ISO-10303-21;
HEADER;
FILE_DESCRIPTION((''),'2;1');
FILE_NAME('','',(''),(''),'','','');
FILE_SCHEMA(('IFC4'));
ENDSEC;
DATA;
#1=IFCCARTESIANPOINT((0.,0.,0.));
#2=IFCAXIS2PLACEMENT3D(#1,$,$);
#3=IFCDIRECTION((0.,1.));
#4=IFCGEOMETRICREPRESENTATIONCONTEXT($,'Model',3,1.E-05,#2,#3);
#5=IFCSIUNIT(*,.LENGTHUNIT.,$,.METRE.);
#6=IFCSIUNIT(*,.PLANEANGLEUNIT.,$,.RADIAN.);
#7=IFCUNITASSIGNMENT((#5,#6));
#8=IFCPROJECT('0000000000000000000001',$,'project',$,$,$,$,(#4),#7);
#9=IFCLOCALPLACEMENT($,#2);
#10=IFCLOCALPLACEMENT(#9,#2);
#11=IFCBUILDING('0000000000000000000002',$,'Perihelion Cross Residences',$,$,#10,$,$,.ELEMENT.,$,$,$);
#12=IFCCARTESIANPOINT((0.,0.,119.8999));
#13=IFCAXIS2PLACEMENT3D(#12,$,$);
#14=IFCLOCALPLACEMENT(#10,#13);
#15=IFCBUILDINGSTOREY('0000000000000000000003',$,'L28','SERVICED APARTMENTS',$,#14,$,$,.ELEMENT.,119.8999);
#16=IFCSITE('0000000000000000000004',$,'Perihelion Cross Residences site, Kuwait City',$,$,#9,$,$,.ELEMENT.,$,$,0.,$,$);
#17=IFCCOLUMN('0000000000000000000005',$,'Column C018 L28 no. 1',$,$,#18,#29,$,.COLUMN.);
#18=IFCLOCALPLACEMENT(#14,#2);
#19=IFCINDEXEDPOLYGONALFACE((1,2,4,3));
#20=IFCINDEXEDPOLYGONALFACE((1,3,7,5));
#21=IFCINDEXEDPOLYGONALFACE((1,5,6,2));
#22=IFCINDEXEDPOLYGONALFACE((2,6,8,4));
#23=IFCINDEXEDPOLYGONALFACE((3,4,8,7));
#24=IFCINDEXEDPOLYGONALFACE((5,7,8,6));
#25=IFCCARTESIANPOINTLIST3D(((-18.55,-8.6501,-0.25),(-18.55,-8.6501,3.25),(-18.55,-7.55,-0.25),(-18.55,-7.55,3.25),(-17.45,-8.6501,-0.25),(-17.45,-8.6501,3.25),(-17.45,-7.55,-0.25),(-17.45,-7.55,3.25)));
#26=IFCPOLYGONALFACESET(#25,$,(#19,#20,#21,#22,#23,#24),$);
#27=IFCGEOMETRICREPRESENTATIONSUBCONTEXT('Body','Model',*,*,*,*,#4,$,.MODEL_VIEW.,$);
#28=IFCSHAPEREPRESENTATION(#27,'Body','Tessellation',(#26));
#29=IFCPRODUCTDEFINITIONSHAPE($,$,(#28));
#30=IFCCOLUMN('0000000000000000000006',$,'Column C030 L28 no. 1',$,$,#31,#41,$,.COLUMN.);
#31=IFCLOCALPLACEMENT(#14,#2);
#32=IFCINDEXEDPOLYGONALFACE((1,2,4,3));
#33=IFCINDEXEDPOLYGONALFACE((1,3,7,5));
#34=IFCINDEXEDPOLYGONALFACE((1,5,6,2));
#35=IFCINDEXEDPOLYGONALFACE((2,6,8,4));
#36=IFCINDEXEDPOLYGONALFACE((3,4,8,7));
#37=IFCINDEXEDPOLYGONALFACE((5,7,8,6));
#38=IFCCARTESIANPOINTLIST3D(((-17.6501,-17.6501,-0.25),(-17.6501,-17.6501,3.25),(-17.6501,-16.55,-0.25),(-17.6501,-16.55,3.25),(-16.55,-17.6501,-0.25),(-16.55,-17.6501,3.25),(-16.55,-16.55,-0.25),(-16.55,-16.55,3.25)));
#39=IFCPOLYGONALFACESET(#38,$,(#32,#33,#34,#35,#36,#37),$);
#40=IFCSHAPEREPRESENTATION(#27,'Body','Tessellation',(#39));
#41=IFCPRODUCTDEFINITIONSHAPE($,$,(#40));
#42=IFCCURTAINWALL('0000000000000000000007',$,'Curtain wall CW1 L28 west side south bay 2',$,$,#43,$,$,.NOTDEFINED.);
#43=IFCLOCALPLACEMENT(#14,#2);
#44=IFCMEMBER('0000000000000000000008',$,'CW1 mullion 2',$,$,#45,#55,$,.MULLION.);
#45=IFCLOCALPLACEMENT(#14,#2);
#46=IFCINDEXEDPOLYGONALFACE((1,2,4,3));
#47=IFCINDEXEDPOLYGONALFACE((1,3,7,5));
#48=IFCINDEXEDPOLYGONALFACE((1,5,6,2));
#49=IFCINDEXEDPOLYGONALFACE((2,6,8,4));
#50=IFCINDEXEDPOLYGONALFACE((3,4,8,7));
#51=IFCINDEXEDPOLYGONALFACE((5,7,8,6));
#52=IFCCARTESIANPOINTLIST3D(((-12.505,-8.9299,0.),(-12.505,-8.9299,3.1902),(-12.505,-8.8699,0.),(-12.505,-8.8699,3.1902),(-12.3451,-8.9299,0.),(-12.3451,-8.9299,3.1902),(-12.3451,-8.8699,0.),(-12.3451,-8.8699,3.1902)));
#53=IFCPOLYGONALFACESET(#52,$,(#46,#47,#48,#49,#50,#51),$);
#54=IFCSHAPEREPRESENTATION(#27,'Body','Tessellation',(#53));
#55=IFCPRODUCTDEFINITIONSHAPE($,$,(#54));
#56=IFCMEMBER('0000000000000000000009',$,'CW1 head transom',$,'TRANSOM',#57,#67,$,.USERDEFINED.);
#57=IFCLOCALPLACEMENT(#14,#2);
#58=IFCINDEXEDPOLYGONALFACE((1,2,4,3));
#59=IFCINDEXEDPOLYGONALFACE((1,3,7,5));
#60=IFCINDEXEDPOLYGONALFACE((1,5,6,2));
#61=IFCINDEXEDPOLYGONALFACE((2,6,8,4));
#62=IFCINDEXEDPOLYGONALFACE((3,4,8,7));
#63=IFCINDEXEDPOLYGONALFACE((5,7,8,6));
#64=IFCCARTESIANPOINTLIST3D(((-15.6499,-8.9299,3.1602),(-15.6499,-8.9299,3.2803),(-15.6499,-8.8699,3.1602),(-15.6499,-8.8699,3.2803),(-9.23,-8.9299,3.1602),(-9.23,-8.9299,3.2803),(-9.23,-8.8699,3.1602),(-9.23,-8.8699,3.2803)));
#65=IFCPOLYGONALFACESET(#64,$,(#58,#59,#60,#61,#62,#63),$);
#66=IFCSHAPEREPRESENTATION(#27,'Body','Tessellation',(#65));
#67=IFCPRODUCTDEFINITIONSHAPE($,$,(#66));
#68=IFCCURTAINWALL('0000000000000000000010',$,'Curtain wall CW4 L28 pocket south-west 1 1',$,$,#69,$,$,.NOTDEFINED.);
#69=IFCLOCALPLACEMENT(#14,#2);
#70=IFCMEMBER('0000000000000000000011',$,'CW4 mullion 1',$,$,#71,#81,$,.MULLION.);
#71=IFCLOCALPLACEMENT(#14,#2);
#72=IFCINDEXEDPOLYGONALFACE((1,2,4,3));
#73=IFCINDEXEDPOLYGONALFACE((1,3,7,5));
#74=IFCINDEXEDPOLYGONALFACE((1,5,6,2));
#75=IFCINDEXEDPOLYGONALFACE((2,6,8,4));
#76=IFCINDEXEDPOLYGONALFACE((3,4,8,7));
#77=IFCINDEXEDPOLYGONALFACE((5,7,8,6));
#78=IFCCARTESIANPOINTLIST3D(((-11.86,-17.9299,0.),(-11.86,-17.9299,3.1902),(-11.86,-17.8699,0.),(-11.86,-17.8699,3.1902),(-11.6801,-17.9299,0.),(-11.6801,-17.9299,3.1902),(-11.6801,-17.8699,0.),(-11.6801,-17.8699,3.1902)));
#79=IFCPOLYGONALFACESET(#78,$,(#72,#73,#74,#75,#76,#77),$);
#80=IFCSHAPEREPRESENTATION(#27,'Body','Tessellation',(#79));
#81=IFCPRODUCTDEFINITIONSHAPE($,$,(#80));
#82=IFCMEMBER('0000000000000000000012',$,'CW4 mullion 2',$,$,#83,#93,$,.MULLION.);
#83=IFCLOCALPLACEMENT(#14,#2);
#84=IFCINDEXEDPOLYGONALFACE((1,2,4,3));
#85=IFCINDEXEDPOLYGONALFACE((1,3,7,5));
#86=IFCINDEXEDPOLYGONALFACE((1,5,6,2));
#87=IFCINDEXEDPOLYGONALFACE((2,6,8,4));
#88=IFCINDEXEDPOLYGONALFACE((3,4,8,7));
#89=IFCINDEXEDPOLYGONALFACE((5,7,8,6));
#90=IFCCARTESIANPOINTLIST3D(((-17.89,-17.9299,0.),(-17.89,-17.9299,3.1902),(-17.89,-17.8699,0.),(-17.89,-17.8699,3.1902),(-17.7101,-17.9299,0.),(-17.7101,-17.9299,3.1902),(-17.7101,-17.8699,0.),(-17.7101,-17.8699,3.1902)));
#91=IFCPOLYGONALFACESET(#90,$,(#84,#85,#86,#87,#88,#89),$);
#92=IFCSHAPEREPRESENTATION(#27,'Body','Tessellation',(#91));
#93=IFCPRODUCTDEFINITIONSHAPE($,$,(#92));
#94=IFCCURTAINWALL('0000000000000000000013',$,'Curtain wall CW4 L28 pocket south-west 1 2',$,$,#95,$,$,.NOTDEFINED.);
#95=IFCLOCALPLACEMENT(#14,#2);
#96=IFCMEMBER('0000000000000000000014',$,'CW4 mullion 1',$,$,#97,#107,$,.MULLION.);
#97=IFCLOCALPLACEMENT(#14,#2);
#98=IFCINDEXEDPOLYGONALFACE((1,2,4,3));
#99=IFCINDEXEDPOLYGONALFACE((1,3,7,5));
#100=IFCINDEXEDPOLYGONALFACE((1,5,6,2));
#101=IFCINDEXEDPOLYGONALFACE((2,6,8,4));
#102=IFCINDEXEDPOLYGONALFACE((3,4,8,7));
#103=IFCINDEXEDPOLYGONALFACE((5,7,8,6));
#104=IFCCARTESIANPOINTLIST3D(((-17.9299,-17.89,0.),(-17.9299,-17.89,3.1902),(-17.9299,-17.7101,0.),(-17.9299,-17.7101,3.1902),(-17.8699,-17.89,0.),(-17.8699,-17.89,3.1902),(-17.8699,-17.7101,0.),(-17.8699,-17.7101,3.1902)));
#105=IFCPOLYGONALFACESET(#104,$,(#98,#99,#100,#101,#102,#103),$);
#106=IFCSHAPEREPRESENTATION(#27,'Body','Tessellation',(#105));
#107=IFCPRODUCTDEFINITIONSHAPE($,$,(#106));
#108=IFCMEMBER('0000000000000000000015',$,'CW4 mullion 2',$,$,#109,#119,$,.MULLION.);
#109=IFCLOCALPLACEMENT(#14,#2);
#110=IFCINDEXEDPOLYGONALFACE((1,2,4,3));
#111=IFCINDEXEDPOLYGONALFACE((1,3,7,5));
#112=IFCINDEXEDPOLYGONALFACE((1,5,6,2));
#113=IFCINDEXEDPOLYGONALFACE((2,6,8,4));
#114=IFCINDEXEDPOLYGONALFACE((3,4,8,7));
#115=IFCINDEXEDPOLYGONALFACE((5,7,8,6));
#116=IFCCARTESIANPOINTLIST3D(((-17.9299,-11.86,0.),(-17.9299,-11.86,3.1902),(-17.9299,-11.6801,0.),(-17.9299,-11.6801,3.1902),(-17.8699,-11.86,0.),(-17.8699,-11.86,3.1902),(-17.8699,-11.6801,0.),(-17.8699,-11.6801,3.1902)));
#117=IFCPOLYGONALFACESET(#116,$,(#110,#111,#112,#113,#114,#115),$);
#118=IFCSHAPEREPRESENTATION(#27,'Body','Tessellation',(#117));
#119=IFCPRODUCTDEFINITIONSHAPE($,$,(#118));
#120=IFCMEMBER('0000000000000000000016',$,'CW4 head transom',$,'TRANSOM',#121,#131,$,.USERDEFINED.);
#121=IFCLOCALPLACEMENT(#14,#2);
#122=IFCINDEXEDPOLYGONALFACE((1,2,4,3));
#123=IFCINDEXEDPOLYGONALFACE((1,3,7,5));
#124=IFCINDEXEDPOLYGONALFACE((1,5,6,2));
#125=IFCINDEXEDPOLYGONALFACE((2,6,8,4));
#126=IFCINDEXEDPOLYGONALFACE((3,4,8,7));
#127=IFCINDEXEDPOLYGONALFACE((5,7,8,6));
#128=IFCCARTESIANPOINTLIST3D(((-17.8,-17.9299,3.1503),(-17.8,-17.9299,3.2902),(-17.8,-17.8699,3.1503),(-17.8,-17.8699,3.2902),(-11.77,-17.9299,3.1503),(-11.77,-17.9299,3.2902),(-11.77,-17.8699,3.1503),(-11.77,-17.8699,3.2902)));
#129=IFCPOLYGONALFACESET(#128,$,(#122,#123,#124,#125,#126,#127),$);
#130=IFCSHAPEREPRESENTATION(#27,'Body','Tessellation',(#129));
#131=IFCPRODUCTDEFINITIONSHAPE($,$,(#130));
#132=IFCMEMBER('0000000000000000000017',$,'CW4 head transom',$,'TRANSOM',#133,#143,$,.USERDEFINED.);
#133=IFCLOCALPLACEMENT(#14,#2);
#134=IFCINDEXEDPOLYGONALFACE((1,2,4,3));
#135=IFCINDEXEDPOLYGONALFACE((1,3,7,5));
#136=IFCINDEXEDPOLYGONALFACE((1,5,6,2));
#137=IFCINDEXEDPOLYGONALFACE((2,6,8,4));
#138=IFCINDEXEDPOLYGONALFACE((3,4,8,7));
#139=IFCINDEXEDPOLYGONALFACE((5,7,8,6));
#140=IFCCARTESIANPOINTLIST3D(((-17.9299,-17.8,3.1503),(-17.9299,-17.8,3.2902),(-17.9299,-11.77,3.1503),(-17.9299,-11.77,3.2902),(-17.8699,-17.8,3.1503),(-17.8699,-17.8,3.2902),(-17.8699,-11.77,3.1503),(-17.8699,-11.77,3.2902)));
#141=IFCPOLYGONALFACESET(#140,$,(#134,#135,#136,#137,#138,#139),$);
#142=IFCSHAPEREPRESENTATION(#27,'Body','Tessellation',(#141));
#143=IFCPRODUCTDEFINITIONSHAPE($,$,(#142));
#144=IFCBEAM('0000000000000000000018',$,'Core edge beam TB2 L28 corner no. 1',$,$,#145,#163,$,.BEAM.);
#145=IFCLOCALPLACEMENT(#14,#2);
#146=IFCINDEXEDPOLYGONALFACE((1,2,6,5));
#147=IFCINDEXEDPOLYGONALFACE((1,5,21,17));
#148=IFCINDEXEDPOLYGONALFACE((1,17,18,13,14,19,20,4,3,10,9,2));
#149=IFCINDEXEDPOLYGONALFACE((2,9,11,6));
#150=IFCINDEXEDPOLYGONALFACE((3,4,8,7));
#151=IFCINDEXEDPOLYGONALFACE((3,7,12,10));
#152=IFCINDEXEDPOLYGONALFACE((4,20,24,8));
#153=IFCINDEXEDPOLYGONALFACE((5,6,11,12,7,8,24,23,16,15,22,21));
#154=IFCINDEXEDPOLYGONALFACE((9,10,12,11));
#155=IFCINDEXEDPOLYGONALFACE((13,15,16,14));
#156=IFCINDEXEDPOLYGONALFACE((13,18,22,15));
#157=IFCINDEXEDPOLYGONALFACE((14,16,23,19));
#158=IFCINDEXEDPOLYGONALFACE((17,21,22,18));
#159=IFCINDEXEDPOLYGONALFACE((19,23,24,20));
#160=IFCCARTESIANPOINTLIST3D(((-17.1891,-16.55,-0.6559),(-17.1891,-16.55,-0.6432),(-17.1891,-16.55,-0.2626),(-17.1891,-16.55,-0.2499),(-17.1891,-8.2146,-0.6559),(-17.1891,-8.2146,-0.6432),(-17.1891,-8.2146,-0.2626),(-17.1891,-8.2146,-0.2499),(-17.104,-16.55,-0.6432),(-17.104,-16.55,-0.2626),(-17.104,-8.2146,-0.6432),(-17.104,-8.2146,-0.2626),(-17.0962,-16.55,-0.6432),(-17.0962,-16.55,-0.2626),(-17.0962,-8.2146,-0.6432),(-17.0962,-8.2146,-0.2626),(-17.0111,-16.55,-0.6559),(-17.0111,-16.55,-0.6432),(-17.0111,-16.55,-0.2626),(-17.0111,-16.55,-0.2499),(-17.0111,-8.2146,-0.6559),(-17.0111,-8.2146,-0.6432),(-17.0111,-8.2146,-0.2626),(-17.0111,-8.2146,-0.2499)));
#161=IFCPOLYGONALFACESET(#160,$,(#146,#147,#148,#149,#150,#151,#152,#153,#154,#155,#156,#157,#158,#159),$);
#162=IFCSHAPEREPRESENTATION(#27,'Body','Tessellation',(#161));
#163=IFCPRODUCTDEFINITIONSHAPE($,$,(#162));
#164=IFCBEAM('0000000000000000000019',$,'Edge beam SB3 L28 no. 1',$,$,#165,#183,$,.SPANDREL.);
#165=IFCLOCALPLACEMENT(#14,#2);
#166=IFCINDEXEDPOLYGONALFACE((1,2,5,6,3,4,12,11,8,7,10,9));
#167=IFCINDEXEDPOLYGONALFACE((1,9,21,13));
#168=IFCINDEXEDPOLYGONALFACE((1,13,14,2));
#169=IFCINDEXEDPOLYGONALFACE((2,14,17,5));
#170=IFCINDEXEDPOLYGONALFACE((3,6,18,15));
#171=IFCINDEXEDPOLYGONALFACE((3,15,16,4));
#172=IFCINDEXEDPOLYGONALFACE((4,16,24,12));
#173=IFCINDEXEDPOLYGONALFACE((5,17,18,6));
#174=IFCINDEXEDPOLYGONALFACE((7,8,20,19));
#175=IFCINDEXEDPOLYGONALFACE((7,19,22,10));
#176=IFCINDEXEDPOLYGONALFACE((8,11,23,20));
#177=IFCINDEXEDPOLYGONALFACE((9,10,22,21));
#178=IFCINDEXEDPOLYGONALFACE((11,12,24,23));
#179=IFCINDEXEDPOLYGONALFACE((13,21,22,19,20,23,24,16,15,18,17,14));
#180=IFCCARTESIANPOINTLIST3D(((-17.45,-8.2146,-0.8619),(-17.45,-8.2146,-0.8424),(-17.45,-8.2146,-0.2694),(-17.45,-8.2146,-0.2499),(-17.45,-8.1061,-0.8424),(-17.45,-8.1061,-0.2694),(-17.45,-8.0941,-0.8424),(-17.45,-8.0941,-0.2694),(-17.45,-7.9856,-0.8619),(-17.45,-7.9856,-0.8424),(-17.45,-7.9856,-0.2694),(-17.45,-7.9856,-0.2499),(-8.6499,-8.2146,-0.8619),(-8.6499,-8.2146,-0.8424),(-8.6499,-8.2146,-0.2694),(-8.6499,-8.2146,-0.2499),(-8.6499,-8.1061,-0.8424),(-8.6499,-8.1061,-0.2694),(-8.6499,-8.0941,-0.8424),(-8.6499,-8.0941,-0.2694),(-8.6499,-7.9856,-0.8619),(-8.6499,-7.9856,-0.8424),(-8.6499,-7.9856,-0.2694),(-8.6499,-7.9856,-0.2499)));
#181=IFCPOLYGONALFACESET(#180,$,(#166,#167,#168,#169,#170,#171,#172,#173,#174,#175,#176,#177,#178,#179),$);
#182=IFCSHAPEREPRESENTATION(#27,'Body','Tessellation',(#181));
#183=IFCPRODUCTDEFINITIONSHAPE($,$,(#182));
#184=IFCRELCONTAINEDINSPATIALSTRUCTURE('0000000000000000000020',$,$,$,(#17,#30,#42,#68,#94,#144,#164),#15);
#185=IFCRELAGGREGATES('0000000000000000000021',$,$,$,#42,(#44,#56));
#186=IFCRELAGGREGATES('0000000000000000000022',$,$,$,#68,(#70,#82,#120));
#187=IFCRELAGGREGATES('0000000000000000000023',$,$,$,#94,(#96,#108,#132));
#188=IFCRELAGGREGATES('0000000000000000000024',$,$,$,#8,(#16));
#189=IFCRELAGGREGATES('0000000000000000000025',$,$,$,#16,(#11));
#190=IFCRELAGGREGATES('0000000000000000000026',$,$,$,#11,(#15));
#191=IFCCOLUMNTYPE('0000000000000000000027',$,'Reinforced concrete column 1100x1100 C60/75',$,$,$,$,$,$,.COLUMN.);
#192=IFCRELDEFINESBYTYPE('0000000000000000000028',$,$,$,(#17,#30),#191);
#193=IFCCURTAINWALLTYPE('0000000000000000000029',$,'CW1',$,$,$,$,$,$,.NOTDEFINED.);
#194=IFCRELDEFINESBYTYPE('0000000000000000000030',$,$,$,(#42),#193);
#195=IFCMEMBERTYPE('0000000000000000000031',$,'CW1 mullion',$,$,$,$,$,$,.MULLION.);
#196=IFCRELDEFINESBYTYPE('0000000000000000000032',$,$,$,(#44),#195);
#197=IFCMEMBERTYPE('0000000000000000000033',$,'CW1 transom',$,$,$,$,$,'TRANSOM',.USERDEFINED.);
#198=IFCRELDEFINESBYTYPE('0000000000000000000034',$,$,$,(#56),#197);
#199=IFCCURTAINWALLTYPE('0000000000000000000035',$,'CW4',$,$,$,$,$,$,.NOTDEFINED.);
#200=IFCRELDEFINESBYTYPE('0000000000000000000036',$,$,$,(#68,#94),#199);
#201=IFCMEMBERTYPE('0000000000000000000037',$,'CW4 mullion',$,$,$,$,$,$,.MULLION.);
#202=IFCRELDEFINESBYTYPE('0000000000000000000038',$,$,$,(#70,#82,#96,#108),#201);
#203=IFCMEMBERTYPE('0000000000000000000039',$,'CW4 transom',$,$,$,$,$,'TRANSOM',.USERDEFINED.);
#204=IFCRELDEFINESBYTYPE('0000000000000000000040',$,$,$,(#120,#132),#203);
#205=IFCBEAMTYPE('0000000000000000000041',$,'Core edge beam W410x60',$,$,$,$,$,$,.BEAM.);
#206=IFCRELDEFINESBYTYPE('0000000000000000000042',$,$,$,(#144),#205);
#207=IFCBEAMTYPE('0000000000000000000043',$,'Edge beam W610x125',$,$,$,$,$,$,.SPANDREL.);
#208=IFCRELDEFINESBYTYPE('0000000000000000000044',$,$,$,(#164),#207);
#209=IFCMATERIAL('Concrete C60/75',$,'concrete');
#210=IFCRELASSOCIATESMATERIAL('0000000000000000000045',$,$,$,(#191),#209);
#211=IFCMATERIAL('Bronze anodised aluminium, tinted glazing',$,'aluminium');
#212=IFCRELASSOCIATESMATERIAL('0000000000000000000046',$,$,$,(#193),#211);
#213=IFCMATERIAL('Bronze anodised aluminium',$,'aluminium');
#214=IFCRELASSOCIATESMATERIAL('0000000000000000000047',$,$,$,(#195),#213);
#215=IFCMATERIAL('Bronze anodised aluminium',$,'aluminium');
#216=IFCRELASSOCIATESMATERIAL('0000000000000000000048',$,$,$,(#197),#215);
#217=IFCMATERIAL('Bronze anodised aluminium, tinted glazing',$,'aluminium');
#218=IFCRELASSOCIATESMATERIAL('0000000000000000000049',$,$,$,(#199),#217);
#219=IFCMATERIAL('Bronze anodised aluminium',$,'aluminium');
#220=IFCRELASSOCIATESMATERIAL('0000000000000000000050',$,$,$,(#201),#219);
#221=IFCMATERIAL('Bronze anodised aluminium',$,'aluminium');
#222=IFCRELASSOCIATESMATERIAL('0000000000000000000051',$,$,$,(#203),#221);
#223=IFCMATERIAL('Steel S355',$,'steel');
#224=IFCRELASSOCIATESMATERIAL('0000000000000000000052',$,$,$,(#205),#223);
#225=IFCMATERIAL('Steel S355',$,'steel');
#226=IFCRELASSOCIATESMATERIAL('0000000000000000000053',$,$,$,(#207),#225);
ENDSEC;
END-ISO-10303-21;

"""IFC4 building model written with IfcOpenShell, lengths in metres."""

from ifc_helpers import new_model, si_unit, direction, frame, origin, origin_2d, place, context, subcontext, project, spatial, rectangle, i_section, extrude, material, material_profile, profile_set, type_object, element, aggregate, save


model = new_model("IFC4")

# Units and contexts
model_context = context("Model", 3, precision=1e-05, world=origin(), true_north=direction((0.0, 1.0)))
body_context = subcontext(model_context, "Body", "Model", "MODEL_VIEW")
ifc_project = project(units=[si_unit("LENGTHUNIT", "METRE"), si_unit("PLANEANGLEUNIT", "RADIAN")], contexts=[model_context])

# Site, building, storey
site_placement = place(None, origin())
site = spatial("IfcSite", under=ifc_project, at=site_placement, Name="Perihelion Cross Residences site, Kuwait City", CompositionType="ELEMENT", RefElevation=0.0)
building_placement = place(site_placement, origin())
building = spatial("IfcBuilding", under=site, at=building_placement, Name="Perihelion Cross Residences", CompositionType="ELEMENT")
storey_placement = place(building_placement, frame((0.0, 0.0, 119.8999)))
storey = spatial("IfcBuildingStorey", under=building, at=storey_placement, Name="L28", Description="SERVICED APARTMENTS", CompositionType="ELEMENT", Elevation=119.8999)

# Columns
ifc_material_1 = material(Name="Concrete C60/75", Category="concrete")
ifc_material_profile_1 = material_profile(ifc_material_1, rectangle(XDim=1.1001, YDim=1.1001, at=origin_2d()), Name="RC 1100x1100")
ifc_profile_set_1 = profile_set([ifc_material_profile_1], Name="Concrete C60/75")
column_type = type_object("IfcColumnType", Name="Reinforced concrete column 1100x1100 C60/75", PredefinedType="COLUMN", material=ifc_profile_set_1)
for number, where, z_axis, x_axis, name in (
    (1, (-18.0, -8.1001, -0.25), (0.0, 0.0, 1.0), (1.0, 0.0, 0.0), "Column C018 L28 no. 1"),
    (2, (-17.1001, -17.1001, -0.25), (0.0, 0.0, 1.0), (1.0, 0.0, 0.0), "Column C030 L28 no. 1"),
):
    element("IfcColumn", number, at=place(storey_placement, frame(where, z_axis=z_axis, x_axis=x_axis)), inside=storey, type_object=column_type, Name=name, PredefinedType="COLUMN", context=body_context, shape_type="SweptSolid", body=[
        extrude(rectangle(XDim=1.1001, YDim=1.1001, at=origin_2d()), origin(), (0.0, 0.0, 1.0), 3.5),
    ])

# Curtain walls, members
ifc_material_2 = material(Name="Bronze anodised aluminium, tinted glazing", Category="aluminium")
curtain_wall_type_1 = type_object("IfcCurtainWallType", Name="CW1", PredefinedType="NOTDEFINED", material=ifc_material_2)
curtain_wall_1_placement = place(storey_placement, origin())
curtain_wall_1 = element("IfcCurtainWall", 3, at=curtain_wall_1_placement, inside=storey, type_object=curtain_wall_type_1, Name="Curtain wall CW1 L28 west side south bay 2", PredefinedType="NOTDEFINED")
ifc_material_3 = material(Name="Bronze anodised aluminium", Category="aluminium")
ifc_material_profile_2 = material_profile(ifc_material_3, rectangle(XDim=0.0601, YDim=0.1599, at=origin_2d()), Name="CW1 mullion")
ifc_profile_set_2 = profile_set([ifc_material_profile_2], Name="Bronze anodised aluminium")
member_type_1 = type_object("IfcMemberType", Name="CW1 mullion", PredefinedType="MULLION", material=ifc_profile_set_2)
member_1_placement = place(storey_placement, frame((-12.425, -8.8999, 0.0), z_axis=(0.0, 0.0, 1.0), x_axis=(0.0, 1.0, 0.0)))
member_1 = element("IfcMember", 4, at=member_1_placement, type_object=member_type_1, Name="CW1 mullion 2", PredefinedType="MULLION", context=body_context, shape_type="SweptSolid", body=[
    extrude(rectangle(XDim=0.0601, YDim=0.1599, at=origin_2d()), origin(), (0.0, 0.0, 1.0), 3.1902),
])
ifc_material_4 = material(Name="Bronze anodised aluminium", Category="aluminium")
ifc_material_profile_3 = material_profile(ifc_material_4, rectangle(XDim=0.0601, YDim=0.1201, at=origin_2d()), Name="CW1 transom")
ifc_profile_set_3 = profile_set([ifc_material_profile_3], Name="Bronze anodised aluminium")
member_type_2 = type_object("IfcMemberType", Name="CW1 transom", ElementType="TRANSOM", PredefinedType="USERDEFINED", material=ifc_profile_set_3)
member_2_placement = place(storey_placement, frame((-15.6499, -8.8999, 3.2202), z_axis=(1.0, 0.0, 0.0), x_axis=(0.0, 1.0, 0.0)))
member_2 = element("IfcMember", 5, at=member_2_placement, type_object=member_type_2, Name="CW1 head transom", ObjectType="TRANSOM", PredefinedType="USERDEFINED", context=body_context, shape_type="SweptSolid", body=[
    extrude(rectangle(XDim=0.0601, YDim=0.1201, at=origin_2d()), origin(), (0.0, 0.0, 1.0), 6.4199),
])
ifc_material_5 = material(Name="Bronze anodised aluminium, tinted glazing", Category="aluminium")
curtain_wall_type_2 = type_object("IfcCurtainWallType", Name="CW4", PredefinedType="NOTDEFINED", material=ifc_material_5)
curtain_wall_2_placement = place(storey_placement, origin())
curtain_wall_2 = element("IfcCurtainWall", 6, at=curtain_wall_2_placement, inside=storey, type_object=curtain_wall_type_2, Name="Curtain wall CW4 L28 pocket south-west 1 1", PredefinedType="NOTDEFINED")
ifc_material_6 = material(Name="Bronze anodised aluminium", Category="aluminium")
ifc_material_profile_4 = material_profile(ifc_material_6, rectangle(XDim=0.0601, YDim=0.1799, at=origin_2d()), Name="CW4 mullion")
ifc_profile_set_4 = profile_set([ifc_material_profile_4], Name="Bronze anodised aluminium")
member_type_3 = type_object("IfcMemberType", Name="CW4 mullion", PredefinedType="MULLION", material=ifc_profile_set_4)
member_3_placement = place(storey_placement, frame((-11.77, -17.8999, 0.0), z_axis=(0.0, 0.0, 1.0), x_axis=(0.0, -1.0, 0.0)))
member_3 = element("IfcMember", 7, at=member_3_placement, type_object=member_type_3, Name="CW4 mullion 1", PredefinedType="MULLION", context=body_context, shape_type="SweptSolid", body=[
    extrude(rectangle(XDim=0.0601, YDim=0.1799, at=origin_2d()), origin(), (0.0, 0.0, 1.0), 3.1902),
])
member_4_placement = place(storey_placement, frame((-17.8, -17.8999, 0.0), z_axis=(0.0, 0.0, 1.0), x_axis=(0.0, -1.0, 0.0)))
member_4 = element("IfcMember", 8, at=member_4_placement, type_object=member_type_3, Name="CW4 mullion 2", PredefinedType="MULLION", context=body_context, shape_type="SweptSolid", body=[
    extrude(rectangle(XDim=0.0601, YDim=0.1799, at=origin_2d()), origin(), (0.0, 0.0, 1.0), 3.1902),
])
curtain_wall_3_placement = place(storey_placement, origin())
curtain_wall_3 = element("IfcCurtainWall", 9, at=curtain_wall_3_placement, inside=storey, type_object=curtain_wall_type_2, Name="Curtain wall CW4 L28 pocket south-west 1 2", PredefinedType="NOTDEFINED")
member_5_placement = place(storey_placement, frame((-17.8999, -17.8, 0.0), z_axis=(0.0, 0.0, 1.0), x_axis=(-1.0, 0.0, 0.0)))
member_5 = element("IfcMember", 10, at=member_5_placement, type_object=member_type_3, Name="CW4 mullion 1", PredefinedType="MULLION", context=body_context, shape_type="SweptSolid", body=[
    extrude(rectangle(XDim=0.0601, YDim=0.1799, at=origin_2d()), origin(), (0.0, 0.0, 1.0), 3.1902),
])
member_6_placement = place(storey_placement, frame((-17.8999, -11.77, 0.0), z_axis=(0.0, 0.0, 1.0), x_axis=(-1.0, 0.0, 0.0)))
member_6 = element("IfcMember", 11, at=member_6_placement, type_object=member_type_3, Name="CW4 mullion 2", PredefinedType="MULLION", context=body_context, shape_type="SweptSolid", body=[
    extrude(rectangle(XDim=0.0601, YDim=0.1799, at=origin_2d()), origin(), (0.0, 0.0, 1.0), 3.1902),
])

# Members
ifc_material_7 = material(Name="Bronze anodised aluminium", Category="aluminium")
ifc_material_profile_5 = material_profile(ifc_material_7, rectangle(XDim=0.0601, YDim=0.1399, at=origin_2d()), Name="CW4 transom")
ifc_profile_set_5 = profile_set([ifc_material_profile_5], Name="Bronze anodised aluminium")
member_type_4 = type_object("IfcMemberType", Name="CW4 transom", ElementType="TRANSOM", PredefinedType="USERDEFINED", material=ifc_profile_set_5)
member_7_placement = place(storey_placement, frame((-11.77, -17.8999, 3.2202), z_axis=(-1.0, 0.0, 0.0), x_axis=(0.0, -1.0, 0.0)))
member_7 = element("IfcMember", 12, at=member_7_placement, type_object=member_type_4, Name="CW4 head transom", ObjectType="TRANSOM", PredefinedType="USERDEFINED", context=body_context, shape_type="SweptSolid", body=[
    extrude(rectangle(XDim=0.0601, YDim=0.1399, at=origin_2d()), origin(), (0.0, 0.0, 1.0), 6.03),
])
member_8_placement = place(storey_placement, frame((-17.8999, -17.8, 3.2202), z_axis=(0.0, 1.0, 0.0), x_axis=(-1.0, 0.0, 0.0)))
member_8 = element("IfcMember", 13, at=member_8_placement, type_object=member_type_4, Name="CW4 head transom", ObjectType="TRANSOM", PredefinedType="USERDEFINED", context=body_context, shape_type="SweptSolid", body=[
    extrude(rectangle(XDim=0.0601, YDim=0.1399, at=origin_2d()), origin(), (0.0, 0.0, 1.0), 6.03),
])

# Beams
ifc_material_8 = material(Name="Steel S355", Category="steel")
ifc_material_profile_6 = material_profile(ifc_material_8, i_section(OverallWidth=0.178, OverallDepth=0.406, WebThickness=0.0078, FlangeThickness=0.0127, at=origin_2d()), Name="W410x60")
ifc_profile_set_6 = profile_set([ifc_material_profile_6], Name="Steel S355")
beam_type_1 = type_object("IfcBeamType", Name="Core edge beam W410x60", PredefinedType="BEAM", material=ifc_profile_set_6)
beam_1_placement = place(storey_placement, frame((-17.1001, -8.2146, -0.4529), z_axis=(0.0, -1.0, 0.0), x_axis=(1.0, 0.0, 0.0)))
element("IfcBeam", 14, at=beam_1_placement, inside=storey, type_object=beam_type_1, Name="Core edge beam TB2 L28 corner no. 1", PredefinedType="BEAM", context=body_context, shape_type="SweptSolid", body=[
    extrude(i_section(OverallWidth=0.178, OverallDepth=0.406, WebThickness=0.0078, FlangeThickness=0.0127, at=origin_2d()), origin(), (0.0, 0.0, 1.0), 8.3354),
])
ifc_material_9 = material(Name="Steel S355", Category="steel")
ifc_material_profile_7 = material_profile(ifc_material_9, i_section(OverallWidth=0.229, OverallDepth=0.6121, WebThickness=0.012, FlangeThickness=0.0195, at=origin_2d()), Name="W610x125")
ifc_profile_set_7 = profile_set([ifc_material_profile_7], Name="Steel S355")
beam_type_2 = type_object("IfcBeamType", Name="Edge beam W610x125", PredefinedType="SPANDREL", material=ifc_profile_set_7)
beam_2_placement = place(storey_placement, frame((-17.45, -8.1001, -0.5559), z_axis=(1.0, 0.0, 0.0), x_axis=(0.0, 1.0, 0.0)))
element("IfcBeam", 15, at=beam_2_placement, inside=storey, type_object=beam_type_2, Name="Edge beam SB3 L28 no. 1", PredefinedType="SPANDREL", context=body_context, shape_type="SweptSolid", body=[
    extrude(i_section(OverallWidth=0.229, OverallDepth=0.6121, WebThickness=0.012, FlangeThickness=0.0195, at=origin_2d()), origin(), (0.0, 0.0, 1.0), 8.8),
])

aggregate(curtain_wall_1, [member_1, member_2])
aggregate(curtain_wall_2, [member_3, member_4, member_7])
aggregate(curtain_wall_3, [member_5, member_6, member_8])

save(model, "model.ifc")
